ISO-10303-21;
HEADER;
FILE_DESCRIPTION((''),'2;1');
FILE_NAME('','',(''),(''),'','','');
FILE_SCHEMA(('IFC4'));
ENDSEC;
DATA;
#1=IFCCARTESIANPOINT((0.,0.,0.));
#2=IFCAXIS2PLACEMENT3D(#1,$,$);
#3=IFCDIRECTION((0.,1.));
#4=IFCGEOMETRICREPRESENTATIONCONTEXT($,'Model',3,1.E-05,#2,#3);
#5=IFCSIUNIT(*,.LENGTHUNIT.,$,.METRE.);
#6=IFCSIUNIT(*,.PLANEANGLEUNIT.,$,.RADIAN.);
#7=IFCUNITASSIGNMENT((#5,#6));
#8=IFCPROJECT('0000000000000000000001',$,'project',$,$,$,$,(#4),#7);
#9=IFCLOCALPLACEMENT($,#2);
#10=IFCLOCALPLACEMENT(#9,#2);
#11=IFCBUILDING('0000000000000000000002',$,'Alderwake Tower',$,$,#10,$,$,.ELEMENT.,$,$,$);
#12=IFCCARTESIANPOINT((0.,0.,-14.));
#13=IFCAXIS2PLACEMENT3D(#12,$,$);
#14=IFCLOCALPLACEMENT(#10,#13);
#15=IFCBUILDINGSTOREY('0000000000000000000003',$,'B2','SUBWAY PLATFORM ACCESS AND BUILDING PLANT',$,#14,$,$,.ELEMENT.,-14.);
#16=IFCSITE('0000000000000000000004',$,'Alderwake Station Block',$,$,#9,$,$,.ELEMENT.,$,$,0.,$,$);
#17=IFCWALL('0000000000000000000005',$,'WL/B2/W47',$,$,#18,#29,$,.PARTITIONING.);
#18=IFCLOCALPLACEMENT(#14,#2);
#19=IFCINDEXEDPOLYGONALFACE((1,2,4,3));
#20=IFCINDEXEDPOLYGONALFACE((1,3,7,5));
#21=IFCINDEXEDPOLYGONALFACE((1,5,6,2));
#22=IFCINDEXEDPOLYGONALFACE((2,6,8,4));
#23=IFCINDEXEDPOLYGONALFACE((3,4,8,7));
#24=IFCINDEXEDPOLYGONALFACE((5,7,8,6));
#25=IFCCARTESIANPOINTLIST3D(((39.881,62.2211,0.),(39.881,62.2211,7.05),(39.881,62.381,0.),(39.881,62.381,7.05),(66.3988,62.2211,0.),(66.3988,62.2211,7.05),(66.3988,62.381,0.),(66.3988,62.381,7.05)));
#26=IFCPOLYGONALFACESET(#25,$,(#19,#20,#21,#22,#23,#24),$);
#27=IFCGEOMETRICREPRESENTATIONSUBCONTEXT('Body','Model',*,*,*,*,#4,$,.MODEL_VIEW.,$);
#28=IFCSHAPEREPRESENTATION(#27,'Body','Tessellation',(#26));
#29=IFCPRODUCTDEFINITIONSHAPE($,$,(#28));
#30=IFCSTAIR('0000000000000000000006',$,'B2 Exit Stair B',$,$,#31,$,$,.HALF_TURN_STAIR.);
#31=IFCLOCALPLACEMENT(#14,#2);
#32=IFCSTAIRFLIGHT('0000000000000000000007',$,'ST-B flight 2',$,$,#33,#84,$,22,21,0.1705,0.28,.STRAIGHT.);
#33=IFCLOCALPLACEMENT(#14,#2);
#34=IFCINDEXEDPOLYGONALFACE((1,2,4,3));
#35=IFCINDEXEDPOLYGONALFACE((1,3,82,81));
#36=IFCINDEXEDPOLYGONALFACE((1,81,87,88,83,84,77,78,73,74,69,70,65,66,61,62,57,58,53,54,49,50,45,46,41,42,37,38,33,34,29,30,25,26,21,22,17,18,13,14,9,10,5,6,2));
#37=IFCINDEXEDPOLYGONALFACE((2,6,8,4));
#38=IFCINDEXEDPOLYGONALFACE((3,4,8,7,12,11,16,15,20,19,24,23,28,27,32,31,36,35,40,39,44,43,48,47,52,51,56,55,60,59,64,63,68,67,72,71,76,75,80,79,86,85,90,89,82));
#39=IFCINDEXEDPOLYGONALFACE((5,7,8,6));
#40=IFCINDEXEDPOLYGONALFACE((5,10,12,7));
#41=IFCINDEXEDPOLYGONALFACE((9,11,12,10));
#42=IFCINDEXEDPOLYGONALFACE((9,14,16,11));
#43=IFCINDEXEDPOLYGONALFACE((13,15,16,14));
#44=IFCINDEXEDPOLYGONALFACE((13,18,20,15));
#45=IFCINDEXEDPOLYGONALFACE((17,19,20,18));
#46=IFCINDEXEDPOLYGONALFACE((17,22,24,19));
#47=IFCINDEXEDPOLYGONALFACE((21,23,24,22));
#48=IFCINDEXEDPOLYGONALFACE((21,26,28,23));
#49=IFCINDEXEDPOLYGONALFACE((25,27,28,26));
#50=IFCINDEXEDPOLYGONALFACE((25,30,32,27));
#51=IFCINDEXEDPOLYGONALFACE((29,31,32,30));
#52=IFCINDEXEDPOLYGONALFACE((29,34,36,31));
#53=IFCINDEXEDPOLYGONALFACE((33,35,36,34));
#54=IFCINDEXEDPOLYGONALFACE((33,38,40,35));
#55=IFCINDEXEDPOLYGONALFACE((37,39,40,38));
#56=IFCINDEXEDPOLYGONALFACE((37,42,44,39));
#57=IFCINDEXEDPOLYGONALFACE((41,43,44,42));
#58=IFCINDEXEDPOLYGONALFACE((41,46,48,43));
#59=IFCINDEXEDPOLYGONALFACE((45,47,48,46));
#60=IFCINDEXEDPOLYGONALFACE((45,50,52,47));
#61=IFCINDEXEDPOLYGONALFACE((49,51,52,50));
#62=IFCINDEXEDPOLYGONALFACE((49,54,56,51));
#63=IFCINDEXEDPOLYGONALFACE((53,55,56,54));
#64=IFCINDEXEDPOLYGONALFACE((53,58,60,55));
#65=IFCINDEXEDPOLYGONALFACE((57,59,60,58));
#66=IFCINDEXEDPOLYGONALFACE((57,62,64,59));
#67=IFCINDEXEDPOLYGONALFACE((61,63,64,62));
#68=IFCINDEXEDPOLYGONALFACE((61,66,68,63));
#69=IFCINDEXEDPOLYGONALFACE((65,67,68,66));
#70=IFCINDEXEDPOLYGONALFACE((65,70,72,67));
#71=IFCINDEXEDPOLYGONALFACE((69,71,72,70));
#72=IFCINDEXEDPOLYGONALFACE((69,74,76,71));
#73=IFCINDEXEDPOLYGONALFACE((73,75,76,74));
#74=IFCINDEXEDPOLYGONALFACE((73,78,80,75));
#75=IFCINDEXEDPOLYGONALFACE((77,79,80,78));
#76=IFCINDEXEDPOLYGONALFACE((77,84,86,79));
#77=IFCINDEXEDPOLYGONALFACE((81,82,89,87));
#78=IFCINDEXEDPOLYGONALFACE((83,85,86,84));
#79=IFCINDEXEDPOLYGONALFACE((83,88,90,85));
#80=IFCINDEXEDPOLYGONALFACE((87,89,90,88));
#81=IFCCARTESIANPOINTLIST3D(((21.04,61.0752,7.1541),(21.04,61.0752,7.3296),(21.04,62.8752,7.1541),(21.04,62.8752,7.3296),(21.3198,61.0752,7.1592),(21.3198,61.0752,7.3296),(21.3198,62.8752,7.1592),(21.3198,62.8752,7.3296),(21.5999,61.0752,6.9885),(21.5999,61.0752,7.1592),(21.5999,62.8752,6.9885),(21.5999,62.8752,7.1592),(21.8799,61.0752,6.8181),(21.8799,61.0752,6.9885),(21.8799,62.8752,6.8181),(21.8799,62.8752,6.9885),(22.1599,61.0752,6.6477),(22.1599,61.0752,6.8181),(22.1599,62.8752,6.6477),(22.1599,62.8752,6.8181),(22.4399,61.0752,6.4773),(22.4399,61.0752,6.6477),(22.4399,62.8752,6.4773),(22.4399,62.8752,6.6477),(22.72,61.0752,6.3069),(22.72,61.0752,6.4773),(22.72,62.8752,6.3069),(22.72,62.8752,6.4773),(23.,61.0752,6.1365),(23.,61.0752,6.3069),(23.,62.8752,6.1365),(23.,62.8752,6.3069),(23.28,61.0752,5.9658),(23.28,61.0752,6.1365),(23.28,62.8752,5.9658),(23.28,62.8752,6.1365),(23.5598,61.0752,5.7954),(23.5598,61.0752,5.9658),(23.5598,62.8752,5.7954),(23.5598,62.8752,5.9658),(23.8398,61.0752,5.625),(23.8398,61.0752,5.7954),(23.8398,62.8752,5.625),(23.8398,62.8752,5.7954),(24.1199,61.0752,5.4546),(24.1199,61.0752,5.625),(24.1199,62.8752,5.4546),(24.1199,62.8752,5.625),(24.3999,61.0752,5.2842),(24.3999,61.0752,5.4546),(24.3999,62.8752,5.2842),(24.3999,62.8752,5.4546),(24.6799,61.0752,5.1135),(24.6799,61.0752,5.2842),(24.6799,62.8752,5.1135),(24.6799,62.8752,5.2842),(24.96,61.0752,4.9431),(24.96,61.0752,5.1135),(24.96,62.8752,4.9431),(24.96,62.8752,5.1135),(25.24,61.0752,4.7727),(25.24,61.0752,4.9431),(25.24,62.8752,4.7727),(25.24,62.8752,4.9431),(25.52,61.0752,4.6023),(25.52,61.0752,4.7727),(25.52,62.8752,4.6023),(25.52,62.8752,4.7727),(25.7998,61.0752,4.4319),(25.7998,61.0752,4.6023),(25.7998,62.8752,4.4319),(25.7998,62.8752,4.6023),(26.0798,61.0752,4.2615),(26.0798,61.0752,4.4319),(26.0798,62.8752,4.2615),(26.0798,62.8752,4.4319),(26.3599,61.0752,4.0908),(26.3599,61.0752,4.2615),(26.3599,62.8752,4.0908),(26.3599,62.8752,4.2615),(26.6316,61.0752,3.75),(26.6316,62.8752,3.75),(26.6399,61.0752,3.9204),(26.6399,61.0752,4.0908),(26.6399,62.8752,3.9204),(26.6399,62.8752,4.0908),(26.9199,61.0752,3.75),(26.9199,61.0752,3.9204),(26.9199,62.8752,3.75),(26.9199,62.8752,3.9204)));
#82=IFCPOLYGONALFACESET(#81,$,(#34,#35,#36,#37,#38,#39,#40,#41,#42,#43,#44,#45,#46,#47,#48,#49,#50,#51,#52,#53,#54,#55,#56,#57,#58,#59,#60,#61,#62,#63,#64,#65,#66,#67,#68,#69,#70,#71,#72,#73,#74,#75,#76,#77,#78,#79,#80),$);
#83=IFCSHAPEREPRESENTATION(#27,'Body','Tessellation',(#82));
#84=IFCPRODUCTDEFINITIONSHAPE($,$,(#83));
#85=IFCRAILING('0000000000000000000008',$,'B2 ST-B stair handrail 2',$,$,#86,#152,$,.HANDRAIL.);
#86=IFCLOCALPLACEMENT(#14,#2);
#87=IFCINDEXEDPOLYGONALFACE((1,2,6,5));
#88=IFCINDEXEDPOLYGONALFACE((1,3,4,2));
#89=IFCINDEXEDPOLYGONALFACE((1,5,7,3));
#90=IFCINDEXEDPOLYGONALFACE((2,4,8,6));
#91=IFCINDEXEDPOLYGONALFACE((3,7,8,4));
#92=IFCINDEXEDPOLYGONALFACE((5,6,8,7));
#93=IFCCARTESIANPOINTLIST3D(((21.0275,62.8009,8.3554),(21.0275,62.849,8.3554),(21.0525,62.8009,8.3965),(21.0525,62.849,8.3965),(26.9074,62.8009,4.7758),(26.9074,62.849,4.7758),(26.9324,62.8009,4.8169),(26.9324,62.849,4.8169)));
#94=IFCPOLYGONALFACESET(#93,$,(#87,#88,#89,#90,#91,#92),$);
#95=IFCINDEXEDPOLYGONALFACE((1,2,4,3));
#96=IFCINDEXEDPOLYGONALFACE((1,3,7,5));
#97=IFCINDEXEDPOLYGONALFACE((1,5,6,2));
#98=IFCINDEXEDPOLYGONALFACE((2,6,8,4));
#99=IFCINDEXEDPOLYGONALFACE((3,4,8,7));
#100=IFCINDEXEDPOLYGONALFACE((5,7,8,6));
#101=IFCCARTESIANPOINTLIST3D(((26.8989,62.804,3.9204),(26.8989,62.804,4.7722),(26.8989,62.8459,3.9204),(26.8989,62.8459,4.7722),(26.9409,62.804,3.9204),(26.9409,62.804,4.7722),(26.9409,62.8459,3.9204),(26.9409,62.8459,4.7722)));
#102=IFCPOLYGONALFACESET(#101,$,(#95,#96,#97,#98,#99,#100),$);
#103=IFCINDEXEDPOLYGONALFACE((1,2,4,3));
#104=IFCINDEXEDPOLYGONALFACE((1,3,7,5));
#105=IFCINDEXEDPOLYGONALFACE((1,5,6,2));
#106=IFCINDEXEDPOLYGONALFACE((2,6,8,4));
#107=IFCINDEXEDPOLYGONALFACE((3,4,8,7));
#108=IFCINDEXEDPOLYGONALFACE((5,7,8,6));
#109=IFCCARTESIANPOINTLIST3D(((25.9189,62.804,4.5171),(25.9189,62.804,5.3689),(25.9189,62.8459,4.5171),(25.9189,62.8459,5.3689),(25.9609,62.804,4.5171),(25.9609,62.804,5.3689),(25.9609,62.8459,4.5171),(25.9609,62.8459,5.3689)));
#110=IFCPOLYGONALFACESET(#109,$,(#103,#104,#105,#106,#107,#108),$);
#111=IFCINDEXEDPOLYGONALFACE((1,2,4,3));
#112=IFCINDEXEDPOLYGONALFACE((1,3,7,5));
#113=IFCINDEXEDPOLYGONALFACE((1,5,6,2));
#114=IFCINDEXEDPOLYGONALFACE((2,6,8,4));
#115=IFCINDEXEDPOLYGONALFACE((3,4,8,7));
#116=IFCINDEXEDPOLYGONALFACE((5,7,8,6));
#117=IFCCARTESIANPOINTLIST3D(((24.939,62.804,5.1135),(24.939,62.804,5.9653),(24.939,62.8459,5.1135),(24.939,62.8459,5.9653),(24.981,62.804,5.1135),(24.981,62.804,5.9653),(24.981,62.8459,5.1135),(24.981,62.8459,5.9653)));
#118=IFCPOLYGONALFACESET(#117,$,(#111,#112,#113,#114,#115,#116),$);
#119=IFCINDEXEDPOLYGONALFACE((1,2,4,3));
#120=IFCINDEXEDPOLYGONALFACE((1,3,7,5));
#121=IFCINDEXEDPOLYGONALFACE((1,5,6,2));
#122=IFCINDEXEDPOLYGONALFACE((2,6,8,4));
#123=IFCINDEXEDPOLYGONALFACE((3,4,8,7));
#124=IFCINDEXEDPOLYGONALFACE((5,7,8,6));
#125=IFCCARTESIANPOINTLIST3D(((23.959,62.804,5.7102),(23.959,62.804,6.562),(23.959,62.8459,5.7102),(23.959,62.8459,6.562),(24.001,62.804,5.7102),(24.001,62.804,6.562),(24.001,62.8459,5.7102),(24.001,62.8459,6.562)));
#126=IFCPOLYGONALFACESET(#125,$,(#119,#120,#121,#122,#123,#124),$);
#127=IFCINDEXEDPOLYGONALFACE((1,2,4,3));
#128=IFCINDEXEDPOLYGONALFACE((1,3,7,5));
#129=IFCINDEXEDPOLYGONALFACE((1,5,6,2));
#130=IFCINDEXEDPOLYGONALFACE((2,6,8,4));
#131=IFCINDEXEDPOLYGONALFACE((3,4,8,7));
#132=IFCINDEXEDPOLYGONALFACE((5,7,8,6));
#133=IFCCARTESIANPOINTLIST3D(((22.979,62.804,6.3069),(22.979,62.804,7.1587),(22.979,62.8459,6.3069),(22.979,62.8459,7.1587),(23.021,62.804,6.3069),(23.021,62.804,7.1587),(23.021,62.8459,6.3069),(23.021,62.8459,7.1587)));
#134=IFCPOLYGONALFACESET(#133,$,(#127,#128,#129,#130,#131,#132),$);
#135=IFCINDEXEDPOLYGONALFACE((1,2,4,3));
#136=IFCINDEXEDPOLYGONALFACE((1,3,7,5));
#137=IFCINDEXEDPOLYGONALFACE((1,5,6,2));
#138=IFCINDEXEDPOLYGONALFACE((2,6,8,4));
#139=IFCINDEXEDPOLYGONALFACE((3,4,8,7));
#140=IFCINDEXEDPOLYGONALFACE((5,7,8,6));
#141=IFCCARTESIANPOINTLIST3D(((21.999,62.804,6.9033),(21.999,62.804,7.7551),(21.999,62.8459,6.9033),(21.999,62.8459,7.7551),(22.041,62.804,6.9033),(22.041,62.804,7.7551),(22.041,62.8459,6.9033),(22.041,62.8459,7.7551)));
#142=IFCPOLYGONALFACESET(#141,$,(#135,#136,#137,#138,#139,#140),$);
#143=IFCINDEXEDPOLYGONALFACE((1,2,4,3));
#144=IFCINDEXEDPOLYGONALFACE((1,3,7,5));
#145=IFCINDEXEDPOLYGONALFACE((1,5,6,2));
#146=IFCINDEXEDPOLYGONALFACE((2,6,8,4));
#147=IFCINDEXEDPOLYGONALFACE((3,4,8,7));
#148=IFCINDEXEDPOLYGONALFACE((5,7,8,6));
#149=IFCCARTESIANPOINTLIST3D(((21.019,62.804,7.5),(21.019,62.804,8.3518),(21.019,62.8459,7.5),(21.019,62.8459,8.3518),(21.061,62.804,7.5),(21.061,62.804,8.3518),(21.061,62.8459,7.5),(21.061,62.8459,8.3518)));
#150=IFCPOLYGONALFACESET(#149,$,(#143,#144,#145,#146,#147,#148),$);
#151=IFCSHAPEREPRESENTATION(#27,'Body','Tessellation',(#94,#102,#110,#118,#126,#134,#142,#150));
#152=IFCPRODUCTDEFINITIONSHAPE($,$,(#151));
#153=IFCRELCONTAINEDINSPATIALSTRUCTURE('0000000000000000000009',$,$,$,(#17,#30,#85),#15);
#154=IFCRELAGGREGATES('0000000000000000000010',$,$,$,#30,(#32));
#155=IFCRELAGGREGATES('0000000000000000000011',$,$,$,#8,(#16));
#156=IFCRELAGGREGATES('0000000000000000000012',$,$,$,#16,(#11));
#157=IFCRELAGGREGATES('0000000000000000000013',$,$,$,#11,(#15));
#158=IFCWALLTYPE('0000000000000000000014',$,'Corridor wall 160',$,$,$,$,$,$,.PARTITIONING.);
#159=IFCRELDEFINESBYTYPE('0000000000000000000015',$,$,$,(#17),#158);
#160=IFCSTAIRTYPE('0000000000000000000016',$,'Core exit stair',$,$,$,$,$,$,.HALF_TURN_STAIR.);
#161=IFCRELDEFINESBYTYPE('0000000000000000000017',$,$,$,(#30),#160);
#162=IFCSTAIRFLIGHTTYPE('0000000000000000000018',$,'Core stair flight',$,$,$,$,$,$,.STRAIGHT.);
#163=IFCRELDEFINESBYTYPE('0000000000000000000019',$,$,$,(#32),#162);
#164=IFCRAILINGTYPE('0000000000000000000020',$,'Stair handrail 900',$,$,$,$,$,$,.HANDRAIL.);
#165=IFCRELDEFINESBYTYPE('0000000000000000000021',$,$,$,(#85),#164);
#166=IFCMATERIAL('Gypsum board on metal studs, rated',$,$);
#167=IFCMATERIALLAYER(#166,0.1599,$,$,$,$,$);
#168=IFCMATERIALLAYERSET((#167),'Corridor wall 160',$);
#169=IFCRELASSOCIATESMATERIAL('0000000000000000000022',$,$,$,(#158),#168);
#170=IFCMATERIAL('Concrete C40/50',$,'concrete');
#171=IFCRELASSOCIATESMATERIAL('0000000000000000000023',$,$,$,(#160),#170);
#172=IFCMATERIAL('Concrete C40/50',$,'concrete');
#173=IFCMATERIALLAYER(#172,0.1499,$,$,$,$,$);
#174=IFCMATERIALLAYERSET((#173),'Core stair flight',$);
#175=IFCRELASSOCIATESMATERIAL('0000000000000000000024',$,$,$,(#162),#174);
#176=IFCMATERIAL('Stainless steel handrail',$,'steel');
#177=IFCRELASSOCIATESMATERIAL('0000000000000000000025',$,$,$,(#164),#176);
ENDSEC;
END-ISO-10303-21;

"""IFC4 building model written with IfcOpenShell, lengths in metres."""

from ifc_helpers import new_model, si_unit, direction, frame, frame_2d, origin, origin_2d, place, context, subcontext, project, spatial, polyline, rectangle, outline, extrude, material, layer, layer_set, type_object, element, aggregate, save


model = new_model("IFC4")

# Units and contexts
model_context = context("Model", 3, precision=1e-05, world=origin(), true_north=direction((0.0, 1.0)))
body_context = subcontext(model_context, "Body", "Model", "MODEL_VIEW")
ifc_project = project(units=[si_unit("LENGTHUNIT", "METRE"), si_unit("PLANEANGLEUNIT", "RADIAN")], contexts=[model_context])

# Site, building, storey
site_placement = place(None, origin())
site = spatial("IfcSite", under=ifc_project, at=site_placement, Name="Alderwake Station Block", CompositionType="ELEMENT", RefElevation=0.0)
building_placement = place(site_placement, origin())
building = spatial("IfcBuilding", under=site, at=building_placement, Name="Alderwake Tower", CompositionType="ELEMENT")
storey_placement = place(building_placement, frame((0.0, 0.0, -14.0)))
storey = spatial("IfcBuildingStorey", under=building, at=storey_placement, Name="B2", Description="SUBWAY PLATFORM ACCESS AND BUILDING PLANT", CompositionType="ELEMENT", Elevation=-14.0)

# Wall
ifc_material_1 = material(Name="Gypsum board on metal studs, rated")
ifc_layer_1 = layer(ifc_material_1, 0.1599)
ifc_layer_set_1 = layer_set([ifc_layer_1], Name="Corridor wall 160")
wall_type_1 = type_object("IfcWallType", Name="Corridor wall 160", PredefinedType="PARTITIONING", material=ifc_layer_set_1)
wall_1_placement = place(storey_placement, frame((39.8811, 62.301, 0.0), z_axis=(0.0, 0.0, 1.0), x_axis=(1.0, 0.0, 0.0)))
element("IfcWall", 1, at=wall_1_placement, inside=storey, type_object=wall_type_1, Name="WL/B2/W47", PredefinedType="PARTITIONING", context=body_context, shape_type="SweptSolid", body=[
    extrude(rectangle(XDim=26.5178, YDim=0.1599, at=frame_2d((13.2588, 0.0))), origin(), (0.0, 0.0, 1.0), 7.05),
])

# Stair, stair flight
ifc_material_2 = material(Name="Concrete C40/50", Category="concrete")
stair_type = type_object("IfcStairType", Name="Core exit stair", PredefinedType="HALF_TURN_STAIR", material=ifc_material_2)
stair_placement = place(storey_placement, origin())
stair = element("IfcStair", 2, at=stair_placement, inside=storey, type_object=stair_type, Name="B2 Exit Stair B", PredefinedType="HALF_TURN_STAIR")
ifc_material_3 = material(Name="Concrete C40/50", Category="concrete")
ifc_layer_2 = layer(ifc_material_3, 0.1499)
ifc_layer_set_2 = layer_set([ifc_layer_2], Name="Core stair flight")
stair_flight_type = type_object("IfcStairFlightType", Name="Core stair flight", PredefinedType="STRAIGHT", material=ifc_layer_set_2)
stair_flight_placement = place(storey_placement, frame((26.9199, 61.9751, 3.75), z_axis=(0.0, 0.0, 1.0), x_axis=(-1.0, 0.0, 0.0)))
stair_flight = element("IfcStairFlight", 3, at=stair_flight_placement, type_object=stair_flight_type, Name="ST-B flight 2", NumberOfRisers=22, NumberOfTreads=21, PredefinedType="STRAIGHT", RiserHeight=0.1705, TreadLength=0.28, context=body_context, shape_type="SweptSolid", body=[
    extrude(outline(polyline([(0.0, 0.0), (0.0, 0.1704), (0.28, 0.1704), (0.28, 0.3408), (0.5601, 0.3408), (0.5601, 0.5115), (0.8401, 0.5115), (0.8401, 0.6819), (1.1201, 0.6819), (1.1201, 0.8523), (1.3999, 0.8523), (1.3999, 1.0227), (1.6799, 1.0227), (1.6799, 1.1931), (1.96, 1.1931), (1.96, 1.3635), (2.24, 1.3635), (2.24, 1.5342), (2.52, 1.5342), (2.52, 1.7046), (2.8, 1.7046), (2.8, 1.875), (3.0801, 1.875), (3.0801, 2.0454), (3.3601, 2.0454), (3.3601, 2.2158), (3.6399, 2.2158), (3.6399, 2.3865), (3.9199, 2.3865), (3.9199, 2.5569), (4.2, 2.5569), (4.2, 2.7273), (4.48, 2.7273), (4.48, 2.8977), (4.76, 2.8977), (4.76, 3.0681), (5.04, 3.0681), (5.04, 3.2385), (5.3201, 3.2385), (5.3201, 3.4092), (5.6001, 3.4092), (5.6001, 3.5796), (5.8799, 3.5796), (5.8799, 3.75), (5.8799, 3.4041), (0.2883, 0.0), (0.0, 0.0)])), frame((0.0, 0.8999, 0.0), z_axis=(0.0, -1.0, 0.0), x_axis=(1.0, 0.0, 0.0)), (0.0, 0.0, 1.0), 1.8),
])
aggregate(stair, [stair_flight])

# Railing
ifc_material_4 = material(Name="Stainless steel handrail", Category="steel")
railing_type = type_object("IfcRailingType", Name="Stair handrail 900", PredefinedType="HANDRAIL", material=ifc_material_4)
railing_placement = place(storey_placement, frame((26.9199, 62.825, 3.9204)))
element("IfcRailing", 4, at=railing_placement, inside=storey, type_object=railing_type, Name="B2 ST-B stair handrail 2", PredefinedType="HANDRAIL", context=body_context, shape_type="SweptSolid", body=[
    extrude(rectangle(XDim=0.0481, YDim=0.0481, at=origin_2d()), frame((0.0, 0.0, 0.876), z_axis=(-0.854164, 0.0, 0.520003), x_axis=(0.0, -1.0, 0.0)), (0.0, 0.0, 1.0), 6.8838),
    extrude(rectangle(XDim=0.042, YDim=0.042, at=origin_2d()), frame((0.0, 0.0, 0.0), z_axis=(0.0, 0.0, 1.0), x_axis=(-1.0, 0.0, 0.0)), (0.0, 0.0, 1.0), 0.8518),
    extrude(rectangle(XDim=0.042, YDim=0.042, at=origin_2d()), frame((-0.98, 0.0, 0.5967), z_axis=(0.0, 0.0, 1.0), x_axis=(-1.0, 0.0, 0.0)), (0.0, 0.0, 1.0), 0.8518),
    extrude(rectangle(XDim=0.042, YDim=0.042, at=origin_2d()), frame((-1.96, 0.0, 1.1931), z_axis=(0.0, 0.0, 1.0), x_axis=(-1.0, 0.0, 0.0)), (0.0, 0.0, 1.0), 0.8518),
    extrude(rectangle(XDim=0.042, YDim=0.042, at=origin_2d()), frame((-2.9399, 0.0, 1.7898), z_axis=(0.0, 0.0, 1.0), x_axis=(-1.0, 0.0, 0.0)), (0.0, 0.0, 1.0), 0.8518),
    extrude(rectangle(XDim=0.042, YDim=0.042, at=origin_2d()), frame((-3.9199, 0.0, 2.3865), z_axis=(0.0, 0.0, 1.0), x_axis=(-1.0, 0.0, 0.0)), (0.0, 0.0, 1.0), 0.8518),
    extrude(rectangle(XDim=0.042, YDim=0.042, at=origin_2d()), frame((-4.8999, 0.0, 2.9829), z_axis=(0.0, 0.0, 1.0), x_axis=(-1.0, 0.0, 0.0)), (0.0, 0.0, 1.0), 0.8518),
    extrude(rectangle(XDim=0.042, YDim=0.042, at=origin_2d()), frame((-5.8799, 0.0, 3.5796), z_axis=(0.0, 0.0, 1.0), x_axis=(-1.0, 0.0, 0.0)), (0.0, 0.0, 1.0), 0.8518),
])

save(model, "model.ifc")
